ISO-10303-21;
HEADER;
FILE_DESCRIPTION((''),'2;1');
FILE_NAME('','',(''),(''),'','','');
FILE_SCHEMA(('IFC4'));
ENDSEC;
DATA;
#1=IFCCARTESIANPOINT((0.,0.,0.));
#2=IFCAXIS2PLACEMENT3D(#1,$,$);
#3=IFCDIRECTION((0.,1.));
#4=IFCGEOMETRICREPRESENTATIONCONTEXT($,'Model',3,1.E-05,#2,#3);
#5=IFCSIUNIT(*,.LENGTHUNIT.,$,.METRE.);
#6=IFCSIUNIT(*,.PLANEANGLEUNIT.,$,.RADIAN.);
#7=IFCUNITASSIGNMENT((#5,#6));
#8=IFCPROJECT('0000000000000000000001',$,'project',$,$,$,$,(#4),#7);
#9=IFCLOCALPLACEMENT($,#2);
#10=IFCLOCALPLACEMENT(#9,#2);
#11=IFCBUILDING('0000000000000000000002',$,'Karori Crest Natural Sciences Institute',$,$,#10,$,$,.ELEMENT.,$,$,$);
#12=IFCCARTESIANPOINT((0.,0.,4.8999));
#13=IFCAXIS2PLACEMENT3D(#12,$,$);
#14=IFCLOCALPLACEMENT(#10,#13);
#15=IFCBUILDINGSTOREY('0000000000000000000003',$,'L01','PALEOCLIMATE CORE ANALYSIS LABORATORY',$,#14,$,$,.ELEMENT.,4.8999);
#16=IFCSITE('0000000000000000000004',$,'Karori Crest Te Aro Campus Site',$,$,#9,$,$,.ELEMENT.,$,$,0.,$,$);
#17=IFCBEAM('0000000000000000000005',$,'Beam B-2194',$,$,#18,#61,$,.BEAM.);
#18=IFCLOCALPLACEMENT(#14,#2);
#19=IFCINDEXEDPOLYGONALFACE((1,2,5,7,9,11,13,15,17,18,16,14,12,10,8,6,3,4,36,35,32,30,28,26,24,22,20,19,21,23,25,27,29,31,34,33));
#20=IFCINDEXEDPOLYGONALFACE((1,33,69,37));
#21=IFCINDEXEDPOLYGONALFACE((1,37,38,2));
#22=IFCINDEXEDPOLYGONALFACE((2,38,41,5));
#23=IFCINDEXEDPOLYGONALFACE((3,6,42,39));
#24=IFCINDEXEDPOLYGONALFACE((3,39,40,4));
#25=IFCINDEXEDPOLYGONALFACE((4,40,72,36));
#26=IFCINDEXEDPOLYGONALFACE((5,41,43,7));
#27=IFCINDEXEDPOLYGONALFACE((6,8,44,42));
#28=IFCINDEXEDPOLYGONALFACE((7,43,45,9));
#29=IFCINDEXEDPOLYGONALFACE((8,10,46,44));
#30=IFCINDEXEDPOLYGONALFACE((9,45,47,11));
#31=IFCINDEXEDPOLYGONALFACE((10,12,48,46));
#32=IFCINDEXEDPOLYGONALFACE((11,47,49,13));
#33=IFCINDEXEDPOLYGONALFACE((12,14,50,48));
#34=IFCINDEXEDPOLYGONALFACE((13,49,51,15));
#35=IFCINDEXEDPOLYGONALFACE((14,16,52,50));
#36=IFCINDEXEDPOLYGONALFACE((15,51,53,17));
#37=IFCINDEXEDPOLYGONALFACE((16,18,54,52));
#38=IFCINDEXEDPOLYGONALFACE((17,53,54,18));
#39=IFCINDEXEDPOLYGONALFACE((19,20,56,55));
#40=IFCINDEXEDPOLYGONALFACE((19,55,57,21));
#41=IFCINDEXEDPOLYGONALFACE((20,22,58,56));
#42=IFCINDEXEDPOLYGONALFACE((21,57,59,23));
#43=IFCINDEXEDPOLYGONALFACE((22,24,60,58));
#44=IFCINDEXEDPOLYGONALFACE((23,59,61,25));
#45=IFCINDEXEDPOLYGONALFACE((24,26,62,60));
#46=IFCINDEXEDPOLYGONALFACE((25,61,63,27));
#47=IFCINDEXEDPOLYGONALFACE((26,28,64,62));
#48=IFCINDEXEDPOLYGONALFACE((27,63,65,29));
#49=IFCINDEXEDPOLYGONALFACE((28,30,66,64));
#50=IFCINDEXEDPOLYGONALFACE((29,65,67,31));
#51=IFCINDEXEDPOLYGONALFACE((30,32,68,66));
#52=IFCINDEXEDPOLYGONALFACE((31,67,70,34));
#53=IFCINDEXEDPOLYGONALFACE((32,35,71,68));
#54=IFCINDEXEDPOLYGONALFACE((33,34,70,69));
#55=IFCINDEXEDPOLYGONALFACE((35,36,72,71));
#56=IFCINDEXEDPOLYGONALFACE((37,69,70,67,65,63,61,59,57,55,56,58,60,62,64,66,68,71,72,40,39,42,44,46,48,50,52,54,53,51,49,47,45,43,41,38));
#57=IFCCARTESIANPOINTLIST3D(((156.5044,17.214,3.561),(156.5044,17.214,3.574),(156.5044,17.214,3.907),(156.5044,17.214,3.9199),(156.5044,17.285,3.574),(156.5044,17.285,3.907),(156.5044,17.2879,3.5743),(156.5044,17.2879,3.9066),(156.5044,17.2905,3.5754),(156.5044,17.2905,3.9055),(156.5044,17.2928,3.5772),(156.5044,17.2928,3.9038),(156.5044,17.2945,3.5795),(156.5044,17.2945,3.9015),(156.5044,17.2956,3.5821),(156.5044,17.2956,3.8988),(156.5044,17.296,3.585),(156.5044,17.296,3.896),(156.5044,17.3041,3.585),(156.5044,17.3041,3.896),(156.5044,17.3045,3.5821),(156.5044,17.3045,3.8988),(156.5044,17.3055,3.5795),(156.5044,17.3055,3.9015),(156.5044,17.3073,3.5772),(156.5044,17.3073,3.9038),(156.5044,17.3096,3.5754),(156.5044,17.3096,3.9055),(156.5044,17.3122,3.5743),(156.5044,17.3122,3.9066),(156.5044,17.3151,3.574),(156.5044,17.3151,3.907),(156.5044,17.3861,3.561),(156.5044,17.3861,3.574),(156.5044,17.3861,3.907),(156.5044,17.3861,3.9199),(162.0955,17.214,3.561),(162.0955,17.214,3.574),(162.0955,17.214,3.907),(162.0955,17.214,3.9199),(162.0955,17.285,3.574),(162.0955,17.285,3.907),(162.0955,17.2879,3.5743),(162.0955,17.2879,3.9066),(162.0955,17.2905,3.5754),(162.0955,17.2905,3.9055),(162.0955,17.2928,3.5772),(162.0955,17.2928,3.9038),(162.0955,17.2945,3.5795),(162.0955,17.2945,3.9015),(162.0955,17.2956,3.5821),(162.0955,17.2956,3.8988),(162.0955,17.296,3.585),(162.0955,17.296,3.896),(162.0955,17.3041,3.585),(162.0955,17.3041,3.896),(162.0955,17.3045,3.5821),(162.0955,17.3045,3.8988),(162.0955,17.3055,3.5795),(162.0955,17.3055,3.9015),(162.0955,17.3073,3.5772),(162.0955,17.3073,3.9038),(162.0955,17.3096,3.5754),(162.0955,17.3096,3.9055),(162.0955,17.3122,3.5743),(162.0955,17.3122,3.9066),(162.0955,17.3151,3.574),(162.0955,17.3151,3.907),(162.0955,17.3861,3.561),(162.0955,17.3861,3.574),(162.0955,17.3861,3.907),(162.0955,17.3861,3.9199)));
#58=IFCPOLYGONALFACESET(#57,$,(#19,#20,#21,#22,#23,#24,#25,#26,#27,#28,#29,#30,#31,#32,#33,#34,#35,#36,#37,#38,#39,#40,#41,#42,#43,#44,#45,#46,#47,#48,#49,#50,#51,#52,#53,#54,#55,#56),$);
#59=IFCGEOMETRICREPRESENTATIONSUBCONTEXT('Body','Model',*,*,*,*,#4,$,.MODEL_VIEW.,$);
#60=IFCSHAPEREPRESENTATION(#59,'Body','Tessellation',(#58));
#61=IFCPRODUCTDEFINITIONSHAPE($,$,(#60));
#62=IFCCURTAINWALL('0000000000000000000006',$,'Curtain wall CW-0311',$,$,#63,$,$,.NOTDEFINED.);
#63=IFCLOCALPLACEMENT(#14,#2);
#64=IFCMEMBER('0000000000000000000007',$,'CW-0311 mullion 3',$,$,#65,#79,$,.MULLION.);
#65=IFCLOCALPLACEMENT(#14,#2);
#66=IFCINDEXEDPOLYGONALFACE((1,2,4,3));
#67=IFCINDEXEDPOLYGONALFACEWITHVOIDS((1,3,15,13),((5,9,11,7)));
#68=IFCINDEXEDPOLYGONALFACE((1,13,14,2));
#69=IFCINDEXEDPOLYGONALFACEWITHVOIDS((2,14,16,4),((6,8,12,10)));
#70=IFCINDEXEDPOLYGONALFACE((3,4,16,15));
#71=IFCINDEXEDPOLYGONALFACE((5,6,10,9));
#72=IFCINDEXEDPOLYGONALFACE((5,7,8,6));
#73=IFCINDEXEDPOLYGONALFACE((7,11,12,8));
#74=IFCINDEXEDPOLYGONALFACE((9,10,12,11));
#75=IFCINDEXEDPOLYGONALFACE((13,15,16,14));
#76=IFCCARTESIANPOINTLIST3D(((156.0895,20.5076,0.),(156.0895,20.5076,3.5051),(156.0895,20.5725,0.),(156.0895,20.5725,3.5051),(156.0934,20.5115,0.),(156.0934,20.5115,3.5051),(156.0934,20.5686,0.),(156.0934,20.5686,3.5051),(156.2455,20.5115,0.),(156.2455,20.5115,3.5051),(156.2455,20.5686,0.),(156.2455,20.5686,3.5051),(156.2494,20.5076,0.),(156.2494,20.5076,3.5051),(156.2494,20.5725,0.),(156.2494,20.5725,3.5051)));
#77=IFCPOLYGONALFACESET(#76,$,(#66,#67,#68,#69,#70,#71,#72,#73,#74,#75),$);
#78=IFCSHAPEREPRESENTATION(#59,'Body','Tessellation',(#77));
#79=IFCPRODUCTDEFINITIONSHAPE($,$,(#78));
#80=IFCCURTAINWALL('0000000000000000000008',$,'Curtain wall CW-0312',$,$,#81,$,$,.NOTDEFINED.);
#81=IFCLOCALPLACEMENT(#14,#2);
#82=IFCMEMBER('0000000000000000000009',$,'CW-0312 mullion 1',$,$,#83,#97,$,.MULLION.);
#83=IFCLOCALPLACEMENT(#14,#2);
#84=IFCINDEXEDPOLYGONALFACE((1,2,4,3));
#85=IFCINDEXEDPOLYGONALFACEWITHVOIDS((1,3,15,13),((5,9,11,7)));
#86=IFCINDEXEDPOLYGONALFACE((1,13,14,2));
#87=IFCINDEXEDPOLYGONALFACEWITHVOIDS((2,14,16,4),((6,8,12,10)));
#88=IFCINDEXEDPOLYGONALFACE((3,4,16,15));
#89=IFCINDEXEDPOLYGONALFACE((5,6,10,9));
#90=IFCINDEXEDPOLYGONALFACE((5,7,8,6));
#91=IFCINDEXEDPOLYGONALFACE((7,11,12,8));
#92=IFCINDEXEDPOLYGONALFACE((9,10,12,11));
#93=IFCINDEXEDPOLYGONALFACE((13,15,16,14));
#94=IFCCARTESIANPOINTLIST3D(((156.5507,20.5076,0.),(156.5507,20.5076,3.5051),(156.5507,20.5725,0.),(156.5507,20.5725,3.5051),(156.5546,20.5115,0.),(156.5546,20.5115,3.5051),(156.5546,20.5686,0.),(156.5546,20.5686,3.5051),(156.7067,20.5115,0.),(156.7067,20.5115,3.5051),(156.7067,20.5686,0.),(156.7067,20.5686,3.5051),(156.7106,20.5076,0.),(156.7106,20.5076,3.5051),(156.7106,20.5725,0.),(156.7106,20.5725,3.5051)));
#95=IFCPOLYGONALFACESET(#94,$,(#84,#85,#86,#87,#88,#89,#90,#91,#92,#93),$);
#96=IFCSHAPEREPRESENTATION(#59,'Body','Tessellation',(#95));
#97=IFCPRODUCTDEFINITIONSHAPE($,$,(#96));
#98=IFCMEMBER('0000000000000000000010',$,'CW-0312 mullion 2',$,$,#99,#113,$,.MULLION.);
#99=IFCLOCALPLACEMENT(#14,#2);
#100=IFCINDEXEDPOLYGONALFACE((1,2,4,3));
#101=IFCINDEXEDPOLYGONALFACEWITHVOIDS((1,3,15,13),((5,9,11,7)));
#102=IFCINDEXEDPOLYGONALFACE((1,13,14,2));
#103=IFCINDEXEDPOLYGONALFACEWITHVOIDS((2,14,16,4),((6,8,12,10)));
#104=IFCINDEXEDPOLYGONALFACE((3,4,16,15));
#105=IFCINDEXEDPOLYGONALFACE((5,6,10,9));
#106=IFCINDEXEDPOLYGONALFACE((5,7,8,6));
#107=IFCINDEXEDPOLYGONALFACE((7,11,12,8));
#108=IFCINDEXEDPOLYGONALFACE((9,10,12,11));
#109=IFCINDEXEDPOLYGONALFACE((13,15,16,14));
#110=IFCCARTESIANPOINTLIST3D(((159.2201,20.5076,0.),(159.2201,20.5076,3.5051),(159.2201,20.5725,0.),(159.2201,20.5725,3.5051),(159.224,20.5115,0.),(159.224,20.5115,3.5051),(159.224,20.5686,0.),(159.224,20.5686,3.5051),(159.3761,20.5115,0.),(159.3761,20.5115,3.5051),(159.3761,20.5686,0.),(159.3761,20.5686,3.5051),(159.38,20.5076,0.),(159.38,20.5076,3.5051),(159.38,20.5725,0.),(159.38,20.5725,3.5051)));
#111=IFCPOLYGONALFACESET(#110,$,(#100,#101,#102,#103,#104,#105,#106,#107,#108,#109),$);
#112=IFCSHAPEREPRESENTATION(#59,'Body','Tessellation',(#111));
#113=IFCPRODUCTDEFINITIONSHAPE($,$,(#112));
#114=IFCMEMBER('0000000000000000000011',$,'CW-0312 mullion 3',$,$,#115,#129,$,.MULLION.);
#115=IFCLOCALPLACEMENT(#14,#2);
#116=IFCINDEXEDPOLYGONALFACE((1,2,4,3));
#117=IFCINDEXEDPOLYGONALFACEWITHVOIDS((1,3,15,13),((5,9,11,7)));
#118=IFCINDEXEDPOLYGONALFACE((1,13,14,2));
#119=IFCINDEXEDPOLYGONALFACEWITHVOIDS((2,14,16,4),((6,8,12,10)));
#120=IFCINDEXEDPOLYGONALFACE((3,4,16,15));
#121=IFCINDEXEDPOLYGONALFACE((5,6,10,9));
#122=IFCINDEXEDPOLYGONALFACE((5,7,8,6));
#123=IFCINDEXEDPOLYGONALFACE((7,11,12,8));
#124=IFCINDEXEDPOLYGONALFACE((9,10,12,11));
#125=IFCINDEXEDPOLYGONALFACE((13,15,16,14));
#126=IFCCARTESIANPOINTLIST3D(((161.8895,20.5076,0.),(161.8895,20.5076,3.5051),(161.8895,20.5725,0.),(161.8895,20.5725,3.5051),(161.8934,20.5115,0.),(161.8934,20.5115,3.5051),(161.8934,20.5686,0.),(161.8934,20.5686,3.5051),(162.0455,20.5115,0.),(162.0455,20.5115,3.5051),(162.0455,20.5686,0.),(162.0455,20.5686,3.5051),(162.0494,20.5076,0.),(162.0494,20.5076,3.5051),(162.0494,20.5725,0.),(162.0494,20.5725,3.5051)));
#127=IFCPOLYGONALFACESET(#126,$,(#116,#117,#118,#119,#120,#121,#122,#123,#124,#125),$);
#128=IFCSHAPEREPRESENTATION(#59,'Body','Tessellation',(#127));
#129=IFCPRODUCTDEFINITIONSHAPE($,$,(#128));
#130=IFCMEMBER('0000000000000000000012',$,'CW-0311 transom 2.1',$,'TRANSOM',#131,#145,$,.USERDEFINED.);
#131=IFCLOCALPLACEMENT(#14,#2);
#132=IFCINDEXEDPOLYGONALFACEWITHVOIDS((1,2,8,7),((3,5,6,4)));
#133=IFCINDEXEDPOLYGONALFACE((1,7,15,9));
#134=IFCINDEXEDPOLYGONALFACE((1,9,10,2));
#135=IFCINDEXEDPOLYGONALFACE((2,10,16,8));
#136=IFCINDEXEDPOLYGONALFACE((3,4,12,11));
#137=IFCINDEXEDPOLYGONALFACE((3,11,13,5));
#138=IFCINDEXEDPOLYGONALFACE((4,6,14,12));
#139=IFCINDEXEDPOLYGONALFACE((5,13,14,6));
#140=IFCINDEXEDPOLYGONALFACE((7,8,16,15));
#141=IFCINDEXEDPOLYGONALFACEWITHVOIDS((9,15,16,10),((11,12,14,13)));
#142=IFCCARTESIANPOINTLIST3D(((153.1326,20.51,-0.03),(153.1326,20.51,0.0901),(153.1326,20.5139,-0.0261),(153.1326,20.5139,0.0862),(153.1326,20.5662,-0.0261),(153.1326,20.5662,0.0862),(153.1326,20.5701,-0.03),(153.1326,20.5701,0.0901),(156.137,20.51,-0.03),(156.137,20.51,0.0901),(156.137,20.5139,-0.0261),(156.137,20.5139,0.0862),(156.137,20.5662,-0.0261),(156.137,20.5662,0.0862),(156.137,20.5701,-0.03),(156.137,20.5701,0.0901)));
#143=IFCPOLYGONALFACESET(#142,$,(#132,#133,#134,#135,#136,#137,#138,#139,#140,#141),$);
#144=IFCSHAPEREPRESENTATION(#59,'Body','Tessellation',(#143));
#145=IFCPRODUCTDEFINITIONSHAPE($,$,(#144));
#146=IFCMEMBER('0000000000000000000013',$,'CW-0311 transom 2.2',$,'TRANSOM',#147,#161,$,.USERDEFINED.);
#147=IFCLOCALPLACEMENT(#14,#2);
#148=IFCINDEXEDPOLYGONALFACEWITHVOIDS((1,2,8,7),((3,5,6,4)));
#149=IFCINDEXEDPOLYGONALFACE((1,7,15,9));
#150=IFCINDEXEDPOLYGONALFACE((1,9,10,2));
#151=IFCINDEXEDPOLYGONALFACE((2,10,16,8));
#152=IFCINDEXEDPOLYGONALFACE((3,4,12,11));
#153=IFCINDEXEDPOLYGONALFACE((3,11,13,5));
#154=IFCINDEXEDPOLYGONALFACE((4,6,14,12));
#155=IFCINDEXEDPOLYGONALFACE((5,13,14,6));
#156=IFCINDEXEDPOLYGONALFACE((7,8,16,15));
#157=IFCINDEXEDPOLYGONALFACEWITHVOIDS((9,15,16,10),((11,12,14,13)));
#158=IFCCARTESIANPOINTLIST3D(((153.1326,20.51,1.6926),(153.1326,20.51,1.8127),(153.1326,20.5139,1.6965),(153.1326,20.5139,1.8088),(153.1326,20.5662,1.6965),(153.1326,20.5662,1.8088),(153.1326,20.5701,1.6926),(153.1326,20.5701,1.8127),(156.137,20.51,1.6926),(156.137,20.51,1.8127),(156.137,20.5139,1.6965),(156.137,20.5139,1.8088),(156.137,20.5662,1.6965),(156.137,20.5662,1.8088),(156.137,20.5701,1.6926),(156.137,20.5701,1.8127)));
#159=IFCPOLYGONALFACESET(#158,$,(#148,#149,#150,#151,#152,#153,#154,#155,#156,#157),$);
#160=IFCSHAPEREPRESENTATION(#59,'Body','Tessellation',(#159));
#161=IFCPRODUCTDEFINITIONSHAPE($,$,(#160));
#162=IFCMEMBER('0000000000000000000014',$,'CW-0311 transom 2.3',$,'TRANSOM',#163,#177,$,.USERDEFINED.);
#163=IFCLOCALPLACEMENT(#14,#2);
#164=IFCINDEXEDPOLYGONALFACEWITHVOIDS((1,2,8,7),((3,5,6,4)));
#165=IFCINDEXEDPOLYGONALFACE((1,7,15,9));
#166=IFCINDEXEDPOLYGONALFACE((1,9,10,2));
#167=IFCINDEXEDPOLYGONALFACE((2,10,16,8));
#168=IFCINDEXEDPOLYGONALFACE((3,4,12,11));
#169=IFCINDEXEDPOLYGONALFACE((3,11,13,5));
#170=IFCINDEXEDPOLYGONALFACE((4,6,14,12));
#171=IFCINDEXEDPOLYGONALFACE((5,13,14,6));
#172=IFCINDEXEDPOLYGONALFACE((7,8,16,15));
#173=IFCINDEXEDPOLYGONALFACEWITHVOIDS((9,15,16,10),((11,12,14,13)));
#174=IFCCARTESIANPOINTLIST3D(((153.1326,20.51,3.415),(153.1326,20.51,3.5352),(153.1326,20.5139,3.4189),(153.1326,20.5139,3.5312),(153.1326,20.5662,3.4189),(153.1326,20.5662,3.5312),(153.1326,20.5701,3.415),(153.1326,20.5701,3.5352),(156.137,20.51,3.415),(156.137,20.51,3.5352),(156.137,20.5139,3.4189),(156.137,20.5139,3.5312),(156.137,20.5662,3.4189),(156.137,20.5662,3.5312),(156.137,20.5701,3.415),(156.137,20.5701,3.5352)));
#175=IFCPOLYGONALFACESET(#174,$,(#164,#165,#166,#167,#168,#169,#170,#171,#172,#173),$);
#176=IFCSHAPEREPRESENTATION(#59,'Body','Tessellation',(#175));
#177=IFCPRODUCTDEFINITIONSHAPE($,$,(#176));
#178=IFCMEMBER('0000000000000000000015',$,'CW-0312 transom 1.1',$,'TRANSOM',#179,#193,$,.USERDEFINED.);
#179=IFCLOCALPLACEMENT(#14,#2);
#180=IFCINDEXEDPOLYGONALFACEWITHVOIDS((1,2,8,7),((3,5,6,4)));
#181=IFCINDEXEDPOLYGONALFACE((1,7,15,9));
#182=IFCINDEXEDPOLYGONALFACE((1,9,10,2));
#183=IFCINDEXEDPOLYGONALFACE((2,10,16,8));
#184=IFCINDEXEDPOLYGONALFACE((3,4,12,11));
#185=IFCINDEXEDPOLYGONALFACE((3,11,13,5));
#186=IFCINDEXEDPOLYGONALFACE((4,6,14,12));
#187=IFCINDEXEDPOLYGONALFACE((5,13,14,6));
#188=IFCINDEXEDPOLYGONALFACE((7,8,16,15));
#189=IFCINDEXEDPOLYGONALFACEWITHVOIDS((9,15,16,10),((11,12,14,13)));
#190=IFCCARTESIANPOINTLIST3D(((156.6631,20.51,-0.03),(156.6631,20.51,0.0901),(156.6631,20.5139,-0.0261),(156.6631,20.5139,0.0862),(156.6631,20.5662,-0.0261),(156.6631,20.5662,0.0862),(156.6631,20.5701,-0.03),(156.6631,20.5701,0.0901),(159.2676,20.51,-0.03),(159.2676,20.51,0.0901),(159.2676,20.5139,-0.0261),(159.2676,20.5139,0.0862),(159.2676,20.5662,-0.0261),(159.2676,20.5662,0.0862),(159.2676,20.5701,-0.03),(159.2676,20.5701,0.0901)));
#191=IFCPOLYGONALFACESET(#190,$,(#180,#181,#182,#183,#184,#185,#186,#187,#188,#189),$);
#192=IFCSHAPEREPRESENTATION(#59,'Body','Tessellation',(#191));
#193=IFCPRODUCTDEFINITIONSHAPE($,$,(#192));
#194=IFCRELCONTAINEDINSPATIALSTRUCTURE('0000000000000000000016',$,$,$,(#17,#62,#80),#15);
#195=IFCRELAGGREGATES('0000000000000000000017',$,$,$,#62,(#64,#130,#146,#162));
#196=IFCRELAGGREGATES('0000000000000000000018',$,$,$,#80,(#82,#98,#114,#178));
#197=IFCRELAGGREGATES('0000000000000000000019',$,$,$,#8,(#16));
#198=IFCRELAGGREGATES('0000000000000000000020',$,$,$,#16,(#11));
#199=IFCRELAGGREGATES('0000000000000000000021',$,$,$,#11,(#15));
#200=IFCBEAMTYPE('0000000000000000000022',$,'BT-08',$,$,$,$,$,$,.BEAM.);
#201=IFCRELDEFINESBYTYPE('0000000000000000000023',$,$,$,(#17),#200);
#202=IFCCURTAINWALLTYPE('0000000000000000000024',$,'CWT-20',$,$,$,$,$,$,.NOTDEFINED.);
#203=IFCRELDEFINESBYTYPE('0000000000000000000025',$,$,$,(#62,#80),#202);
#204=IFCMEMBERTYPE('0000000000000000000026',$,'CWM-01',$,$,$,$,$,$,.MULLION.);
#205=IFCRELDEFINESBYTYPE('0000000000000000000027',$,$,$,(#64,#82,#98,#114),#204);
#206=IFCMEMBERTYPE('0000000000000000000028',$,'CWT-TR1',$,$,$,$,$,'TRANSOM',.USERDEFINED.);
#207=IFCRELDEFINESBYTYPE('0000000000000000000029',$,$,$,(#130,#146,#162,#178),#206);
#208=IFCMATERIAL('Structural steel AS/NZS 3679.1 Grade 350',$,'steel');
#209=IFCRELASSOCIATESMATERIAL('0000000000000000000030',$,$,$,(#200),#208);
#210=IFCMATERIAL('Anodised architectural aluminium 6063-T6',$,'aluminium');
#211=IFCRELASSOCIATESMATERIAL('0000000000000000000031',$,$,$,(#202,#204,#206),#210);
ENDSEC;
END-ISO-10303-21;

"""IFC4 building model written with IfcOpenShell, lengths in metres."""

from ifc_helpers import new_model, si_unit, direction, frame, origin, origin_2d, place, context, subcontext, project, spatial, hollow_rectangle, i_section, extrude, material, material_profile, profile_set, type_object, element, aggregate, save


model = new_model("IFC4")

# Units and contexts
model_context = context("Model", 3, precision=1e-05, world=origin(), true_north=direction((0.0, 1.0)))
body_context = subcontext(model_context, "Body", "Model", "MODEL_VIEW")
ifc_project = project(units=[si_unit("LENGTHUNIT", "METRE"), si_unit("PLANEANGLEUNIT", "RADIAN")], contexts=[model_context])

# Site, building, storey
site_placement = place(None, origin())
site = spatial("IfcSite", under=ifc_project, at=site_placement, Name="Karori Crest Te Aro Campus Site", CompositionType="ELEMENT", RefElevation=0.0)
building_placement = place(site_placement, origin())
building = spatial("IfcBuilding", under=site, at=building_placement, Name="Karori Crest Natural Sciences Institute", CompositionType="ELEMENT")
storey_placement = place(building_placement, frame((0.0, 0.0, 4.8999)))
storey = spatial("IfcBuildingStorey", under=building, at=storey_placement, Name="L01", Description="PALEOCLIMATE CORE ANALYSIS LABORATORY", CompositionType="ELEMENT", Elevation=4.8999)

# Beam
ifc_material_1 = material(Name="Structural steel AS/NZS 3679.1 Grade 350", Category="steel")
ifc_material_profile_1 = material_profile(ifc_material_1, i_section(OverallWidth=0.1721, OverallDepth=0.3589, WebThickness=0.0081, FlangeThickness=0.0129, FilletRadius=0.011, at=origin_2d()), Name="360UB56.7")
ifc_profile_set_1 = profile_set([ifc_material_profile_1], Name="Structural steel AS/NZS 3679.1 Grade 350")
beam_type = type_object("IfcBeamType", Name="BT-08", PredefinedType="BEAM", material=ifc_profile_set_1)
beam_placement = place(storey_placement, frame((156.5044, 17.3, 3.7405), z_axis=(1.0, 0.0, 0.0), x_axis=(0.0, 1.0, 0.0)))
element("IfcBeam", 1, at=beam_placement, inside=storey, type_object=beam_type, Name="Beam B-2194", PredefinedType="BEAM", context=body_context, shape_type="SweptSolid", body=[
    extrude(i_section(OverallWidth=0.1721, OverallDepth=0.3589, WebThickness=0.0081, FlangeThickness=0.0129, FilletRadius=0.011, at=origin_2d()), origin(), (0.0, 0.0, 1.0), 5.5911),
])

# Curtain wall, member
ifc_material_2 = material(Name="Anodised architectural aluminium 6063-T6", Category="aluminium")
curtain_wall_type = type_object("IfcCurtainWallType", Name="CWT-20", PredefinedType="NOTDEFINED", material=ifc_material_2)
curtain_wall_1_placement = place(storey_placement, origin())
curtain_wall_1 = element("IfcCurtainWall", 2, at=curtain_wall_1_placement, inside=storey, type_object=curtain_wall_type, Name="Curtain wall CW-0311", PredefinedType="NOTDEFINED")
ifc_material_profile_2 = material_profile(ifc_material_2, hollow_rectangle(XDim=0.0649, YDim=0.1599, WallThickness=0.0039, at=origin_2d()), Name="CWM160x65x4")
ifc_profile_set_2 = profile_set([ifc_material_profile_2], Name="Anodised architectural aluminium 6063-T6")
member_type_1 = type_object("IfcMemberType", Name="CWM-01", PredefinedType="MULLION", material=ifc_profile_set_2)
member_1_placement = place(storey_placement, frame((156.1694, 20.54, 0.0), z_axis=(0.0, 0.0, 1.0), x_axis=(0.0, 1.0, 0.0)))
member_1 = element("IfcMember", 3, at=member_1_placement, type_object=member_type_1, Name="CW-0311 mullion 3", PredefinedType="MULLION", context=body_context, shape_type="SweptSolid", body=[
    extrude(hollow_rectangle(XDim=0.0649, YDim=0.1599, WallThickness=0.0039, at=origin_2d()), origin(), (0.0, 0.0, 1.0), 3.5051),
])

# Curtain wall, members
curtain_wall_2_placement = place(storey_placement, origin())
curtain_wall_2 = element("IfcCurtainWall", 4, at=curtain_wall_2_placement, inside=storey, type_object=curtain_wall_type, Name="Curtain wall CW-0312", PredefinedType="NOTDEFINED")
member_2_placement = place(storey_placement, frame((156.6306, 20.54, 0.0), z_axis=(0.0, 0.0, 1.0), x_axis=(0.0, 1.0, 0.0)))
member_2 = element("IfcMember", 5, at=member_2_placement, type_object=member_type_1, Name="CW-0312 mullion 1", PredefinedType="MULLION", context=body_context, shape_type="SweptSolid", body=[
    extrude(hollow_rectangle(XDim=0.0649, YDim=0.1599, WallThickness=0.0039, at=origin_2d()), origin(), (0.0, 0.0, 1.0), 3.5051),
])
member_3_placement = place(storey_placement, frame((159.3, 20.54, 0.0), z_axis=(0.0, 0.0, 1.0), x_axis=(0.0, 1.0, 0.0)))
member_3 = element("IfcMember", 6, at=member_3_placement, type_object=member_type_1, Name="CW-0312 mullion 2", PredefinedType="MULLION", context=body_context, shape_type="SweptSolid", body=[
    extrude(hollow_rectangle(XDim=0.0649, YDim=0.1599, WallThickness=0.0039, at=origin_2d()), origin(), (0.0, 0.0, 1.0), 3.5051),
])
member_4_placement = place(storey_placement, frame((161.9695, 20.54, 0.0), z_axis=(0.0, 0.0, 1.0), x_axis=(0.0, 1.0, 0.0)))
member_4 = element("IfcMember", 7, at=member_4_placement, type_object=member_type_1, Name="CW-0312 mullion 3", PredefinedType="MULLION", context=body_context, shape_type="SweptSolid", body=[
    extrude(hollow_rectangle(XDim=0.0649, YDim=0.1599, WallThickness=0.0039, at=origin_2d()), origin(), (0.0, 0.0, 1.0), 3.5051),
])

# Members
ifc_material_profile_3 = material_profile(ifc_material_2, hollow_rectangle(XDim=0.0601, YDim=0.1201, WallThickness=0.0039, at=origin_2d()), Name="CWT120x60x4")
ifc_profile_set_3 = profile_set([ifc_material_profile_3], Name="Anodised architectural aluminium 6063-T6")
member_type_2 = type_object("IfcMemberType", Name="CWT-TR1", ElementType="TRANSOM", PredefinedType="USERDEFINED", material=ifc_profile_set_3)
member_5_placement = place(storey_placement, frame((153.1326, 20.54, 0.03), z_axis=(1.0, 0.0, 0.0), x_axis=(0.0, 1.0, 0.0)))
member_5 = element("IfcMember", 8, at=member_5_placement, type_object=member_type_2, Name="CW-0311 transom 2.1", ObjectType="TRANSOM", PredefinedType="USERDEFINED", context=body_context, shape_type="SweptSolid", body=[
    extrude(hollow_rectangle(XDim=0.0601, YDim=0.1201, WallThickness=0.0039, at=origin_2d()), origin(), (0.0, 0.0, 1.0), 3.0044),
])
member_6_placement = place(storey_placement, frame((153.1326, 20.54, 1.7527), z_axis=(1.0, 0.0, 0.0), x_axis=(0.0, 1.0, 0.0)))
member_6 = element("IfcMember", 9, at=member_6_placement, type_object=member_type_2, Name="CW-0311 transom 2.2", ObjectType="TRANSOM", PredefinedType="USERDEFINED", context=body_context, shape_type="SweptSolid", body=[
    extrude(hollow_rectangle(XDim=0.0601, YDim=0.1201, WallThickness=0.0039, at=origin_2d()), origin(), (0.0, 0.0, 1.0), 3.0044),
])
member_7_placement = place(storey_placement, frame((153.1326, 20.54, 3.4751), z_axis=(1.0, 0.0, 0.0), x_axis=(0.0, 1.0, 0.0)))
member_7 = element("IfcMember", 10, at=member_7_placement, type_object=member_type_2, Name="CW-0311 transom 2.3", ObjectType="TRANSOM", PredefinedType="USERDEFINED", context=body_context, shape_type="SweptSolid", body=[
    extrude(hollow_rectangle(XDim=0.0601, YDim=0.1201, WallThickness=0.0039, at=origin_2d()), origin(), (0.0, 0.0, 1.0), 3.0044),
])
member_8_placement = place(storey_placement, frame((156.6631, 20.54, 0.03), z_axis=(1.0, 0.0, 0.0), x_axis=(0.0, 1.0, 0.0)))
member_8 = element("IfcMember", 11, at=member_8_placement, type_object=member_type_2, Name="CW-0312 transom 1.1", ObjectType="TRANSOM", PredefinedType="USERDEFINED", context=body_context, shape_type="SweptSolid", body=[
    extrude(hollow_rectangle(XDim=0.0601, YDim=0.1201, WallThickness=0.0039, at=origin_2d()), origin(), (0.0, 0.0, 1.0), 2.6045),
])

aggregate(curtain_wall_1, [member_1, member_5, member_6, member_7])
aggregate(curtain_wall_2, [member_2, member_3, member_4, member_8])

save(model, "model.ifc")
